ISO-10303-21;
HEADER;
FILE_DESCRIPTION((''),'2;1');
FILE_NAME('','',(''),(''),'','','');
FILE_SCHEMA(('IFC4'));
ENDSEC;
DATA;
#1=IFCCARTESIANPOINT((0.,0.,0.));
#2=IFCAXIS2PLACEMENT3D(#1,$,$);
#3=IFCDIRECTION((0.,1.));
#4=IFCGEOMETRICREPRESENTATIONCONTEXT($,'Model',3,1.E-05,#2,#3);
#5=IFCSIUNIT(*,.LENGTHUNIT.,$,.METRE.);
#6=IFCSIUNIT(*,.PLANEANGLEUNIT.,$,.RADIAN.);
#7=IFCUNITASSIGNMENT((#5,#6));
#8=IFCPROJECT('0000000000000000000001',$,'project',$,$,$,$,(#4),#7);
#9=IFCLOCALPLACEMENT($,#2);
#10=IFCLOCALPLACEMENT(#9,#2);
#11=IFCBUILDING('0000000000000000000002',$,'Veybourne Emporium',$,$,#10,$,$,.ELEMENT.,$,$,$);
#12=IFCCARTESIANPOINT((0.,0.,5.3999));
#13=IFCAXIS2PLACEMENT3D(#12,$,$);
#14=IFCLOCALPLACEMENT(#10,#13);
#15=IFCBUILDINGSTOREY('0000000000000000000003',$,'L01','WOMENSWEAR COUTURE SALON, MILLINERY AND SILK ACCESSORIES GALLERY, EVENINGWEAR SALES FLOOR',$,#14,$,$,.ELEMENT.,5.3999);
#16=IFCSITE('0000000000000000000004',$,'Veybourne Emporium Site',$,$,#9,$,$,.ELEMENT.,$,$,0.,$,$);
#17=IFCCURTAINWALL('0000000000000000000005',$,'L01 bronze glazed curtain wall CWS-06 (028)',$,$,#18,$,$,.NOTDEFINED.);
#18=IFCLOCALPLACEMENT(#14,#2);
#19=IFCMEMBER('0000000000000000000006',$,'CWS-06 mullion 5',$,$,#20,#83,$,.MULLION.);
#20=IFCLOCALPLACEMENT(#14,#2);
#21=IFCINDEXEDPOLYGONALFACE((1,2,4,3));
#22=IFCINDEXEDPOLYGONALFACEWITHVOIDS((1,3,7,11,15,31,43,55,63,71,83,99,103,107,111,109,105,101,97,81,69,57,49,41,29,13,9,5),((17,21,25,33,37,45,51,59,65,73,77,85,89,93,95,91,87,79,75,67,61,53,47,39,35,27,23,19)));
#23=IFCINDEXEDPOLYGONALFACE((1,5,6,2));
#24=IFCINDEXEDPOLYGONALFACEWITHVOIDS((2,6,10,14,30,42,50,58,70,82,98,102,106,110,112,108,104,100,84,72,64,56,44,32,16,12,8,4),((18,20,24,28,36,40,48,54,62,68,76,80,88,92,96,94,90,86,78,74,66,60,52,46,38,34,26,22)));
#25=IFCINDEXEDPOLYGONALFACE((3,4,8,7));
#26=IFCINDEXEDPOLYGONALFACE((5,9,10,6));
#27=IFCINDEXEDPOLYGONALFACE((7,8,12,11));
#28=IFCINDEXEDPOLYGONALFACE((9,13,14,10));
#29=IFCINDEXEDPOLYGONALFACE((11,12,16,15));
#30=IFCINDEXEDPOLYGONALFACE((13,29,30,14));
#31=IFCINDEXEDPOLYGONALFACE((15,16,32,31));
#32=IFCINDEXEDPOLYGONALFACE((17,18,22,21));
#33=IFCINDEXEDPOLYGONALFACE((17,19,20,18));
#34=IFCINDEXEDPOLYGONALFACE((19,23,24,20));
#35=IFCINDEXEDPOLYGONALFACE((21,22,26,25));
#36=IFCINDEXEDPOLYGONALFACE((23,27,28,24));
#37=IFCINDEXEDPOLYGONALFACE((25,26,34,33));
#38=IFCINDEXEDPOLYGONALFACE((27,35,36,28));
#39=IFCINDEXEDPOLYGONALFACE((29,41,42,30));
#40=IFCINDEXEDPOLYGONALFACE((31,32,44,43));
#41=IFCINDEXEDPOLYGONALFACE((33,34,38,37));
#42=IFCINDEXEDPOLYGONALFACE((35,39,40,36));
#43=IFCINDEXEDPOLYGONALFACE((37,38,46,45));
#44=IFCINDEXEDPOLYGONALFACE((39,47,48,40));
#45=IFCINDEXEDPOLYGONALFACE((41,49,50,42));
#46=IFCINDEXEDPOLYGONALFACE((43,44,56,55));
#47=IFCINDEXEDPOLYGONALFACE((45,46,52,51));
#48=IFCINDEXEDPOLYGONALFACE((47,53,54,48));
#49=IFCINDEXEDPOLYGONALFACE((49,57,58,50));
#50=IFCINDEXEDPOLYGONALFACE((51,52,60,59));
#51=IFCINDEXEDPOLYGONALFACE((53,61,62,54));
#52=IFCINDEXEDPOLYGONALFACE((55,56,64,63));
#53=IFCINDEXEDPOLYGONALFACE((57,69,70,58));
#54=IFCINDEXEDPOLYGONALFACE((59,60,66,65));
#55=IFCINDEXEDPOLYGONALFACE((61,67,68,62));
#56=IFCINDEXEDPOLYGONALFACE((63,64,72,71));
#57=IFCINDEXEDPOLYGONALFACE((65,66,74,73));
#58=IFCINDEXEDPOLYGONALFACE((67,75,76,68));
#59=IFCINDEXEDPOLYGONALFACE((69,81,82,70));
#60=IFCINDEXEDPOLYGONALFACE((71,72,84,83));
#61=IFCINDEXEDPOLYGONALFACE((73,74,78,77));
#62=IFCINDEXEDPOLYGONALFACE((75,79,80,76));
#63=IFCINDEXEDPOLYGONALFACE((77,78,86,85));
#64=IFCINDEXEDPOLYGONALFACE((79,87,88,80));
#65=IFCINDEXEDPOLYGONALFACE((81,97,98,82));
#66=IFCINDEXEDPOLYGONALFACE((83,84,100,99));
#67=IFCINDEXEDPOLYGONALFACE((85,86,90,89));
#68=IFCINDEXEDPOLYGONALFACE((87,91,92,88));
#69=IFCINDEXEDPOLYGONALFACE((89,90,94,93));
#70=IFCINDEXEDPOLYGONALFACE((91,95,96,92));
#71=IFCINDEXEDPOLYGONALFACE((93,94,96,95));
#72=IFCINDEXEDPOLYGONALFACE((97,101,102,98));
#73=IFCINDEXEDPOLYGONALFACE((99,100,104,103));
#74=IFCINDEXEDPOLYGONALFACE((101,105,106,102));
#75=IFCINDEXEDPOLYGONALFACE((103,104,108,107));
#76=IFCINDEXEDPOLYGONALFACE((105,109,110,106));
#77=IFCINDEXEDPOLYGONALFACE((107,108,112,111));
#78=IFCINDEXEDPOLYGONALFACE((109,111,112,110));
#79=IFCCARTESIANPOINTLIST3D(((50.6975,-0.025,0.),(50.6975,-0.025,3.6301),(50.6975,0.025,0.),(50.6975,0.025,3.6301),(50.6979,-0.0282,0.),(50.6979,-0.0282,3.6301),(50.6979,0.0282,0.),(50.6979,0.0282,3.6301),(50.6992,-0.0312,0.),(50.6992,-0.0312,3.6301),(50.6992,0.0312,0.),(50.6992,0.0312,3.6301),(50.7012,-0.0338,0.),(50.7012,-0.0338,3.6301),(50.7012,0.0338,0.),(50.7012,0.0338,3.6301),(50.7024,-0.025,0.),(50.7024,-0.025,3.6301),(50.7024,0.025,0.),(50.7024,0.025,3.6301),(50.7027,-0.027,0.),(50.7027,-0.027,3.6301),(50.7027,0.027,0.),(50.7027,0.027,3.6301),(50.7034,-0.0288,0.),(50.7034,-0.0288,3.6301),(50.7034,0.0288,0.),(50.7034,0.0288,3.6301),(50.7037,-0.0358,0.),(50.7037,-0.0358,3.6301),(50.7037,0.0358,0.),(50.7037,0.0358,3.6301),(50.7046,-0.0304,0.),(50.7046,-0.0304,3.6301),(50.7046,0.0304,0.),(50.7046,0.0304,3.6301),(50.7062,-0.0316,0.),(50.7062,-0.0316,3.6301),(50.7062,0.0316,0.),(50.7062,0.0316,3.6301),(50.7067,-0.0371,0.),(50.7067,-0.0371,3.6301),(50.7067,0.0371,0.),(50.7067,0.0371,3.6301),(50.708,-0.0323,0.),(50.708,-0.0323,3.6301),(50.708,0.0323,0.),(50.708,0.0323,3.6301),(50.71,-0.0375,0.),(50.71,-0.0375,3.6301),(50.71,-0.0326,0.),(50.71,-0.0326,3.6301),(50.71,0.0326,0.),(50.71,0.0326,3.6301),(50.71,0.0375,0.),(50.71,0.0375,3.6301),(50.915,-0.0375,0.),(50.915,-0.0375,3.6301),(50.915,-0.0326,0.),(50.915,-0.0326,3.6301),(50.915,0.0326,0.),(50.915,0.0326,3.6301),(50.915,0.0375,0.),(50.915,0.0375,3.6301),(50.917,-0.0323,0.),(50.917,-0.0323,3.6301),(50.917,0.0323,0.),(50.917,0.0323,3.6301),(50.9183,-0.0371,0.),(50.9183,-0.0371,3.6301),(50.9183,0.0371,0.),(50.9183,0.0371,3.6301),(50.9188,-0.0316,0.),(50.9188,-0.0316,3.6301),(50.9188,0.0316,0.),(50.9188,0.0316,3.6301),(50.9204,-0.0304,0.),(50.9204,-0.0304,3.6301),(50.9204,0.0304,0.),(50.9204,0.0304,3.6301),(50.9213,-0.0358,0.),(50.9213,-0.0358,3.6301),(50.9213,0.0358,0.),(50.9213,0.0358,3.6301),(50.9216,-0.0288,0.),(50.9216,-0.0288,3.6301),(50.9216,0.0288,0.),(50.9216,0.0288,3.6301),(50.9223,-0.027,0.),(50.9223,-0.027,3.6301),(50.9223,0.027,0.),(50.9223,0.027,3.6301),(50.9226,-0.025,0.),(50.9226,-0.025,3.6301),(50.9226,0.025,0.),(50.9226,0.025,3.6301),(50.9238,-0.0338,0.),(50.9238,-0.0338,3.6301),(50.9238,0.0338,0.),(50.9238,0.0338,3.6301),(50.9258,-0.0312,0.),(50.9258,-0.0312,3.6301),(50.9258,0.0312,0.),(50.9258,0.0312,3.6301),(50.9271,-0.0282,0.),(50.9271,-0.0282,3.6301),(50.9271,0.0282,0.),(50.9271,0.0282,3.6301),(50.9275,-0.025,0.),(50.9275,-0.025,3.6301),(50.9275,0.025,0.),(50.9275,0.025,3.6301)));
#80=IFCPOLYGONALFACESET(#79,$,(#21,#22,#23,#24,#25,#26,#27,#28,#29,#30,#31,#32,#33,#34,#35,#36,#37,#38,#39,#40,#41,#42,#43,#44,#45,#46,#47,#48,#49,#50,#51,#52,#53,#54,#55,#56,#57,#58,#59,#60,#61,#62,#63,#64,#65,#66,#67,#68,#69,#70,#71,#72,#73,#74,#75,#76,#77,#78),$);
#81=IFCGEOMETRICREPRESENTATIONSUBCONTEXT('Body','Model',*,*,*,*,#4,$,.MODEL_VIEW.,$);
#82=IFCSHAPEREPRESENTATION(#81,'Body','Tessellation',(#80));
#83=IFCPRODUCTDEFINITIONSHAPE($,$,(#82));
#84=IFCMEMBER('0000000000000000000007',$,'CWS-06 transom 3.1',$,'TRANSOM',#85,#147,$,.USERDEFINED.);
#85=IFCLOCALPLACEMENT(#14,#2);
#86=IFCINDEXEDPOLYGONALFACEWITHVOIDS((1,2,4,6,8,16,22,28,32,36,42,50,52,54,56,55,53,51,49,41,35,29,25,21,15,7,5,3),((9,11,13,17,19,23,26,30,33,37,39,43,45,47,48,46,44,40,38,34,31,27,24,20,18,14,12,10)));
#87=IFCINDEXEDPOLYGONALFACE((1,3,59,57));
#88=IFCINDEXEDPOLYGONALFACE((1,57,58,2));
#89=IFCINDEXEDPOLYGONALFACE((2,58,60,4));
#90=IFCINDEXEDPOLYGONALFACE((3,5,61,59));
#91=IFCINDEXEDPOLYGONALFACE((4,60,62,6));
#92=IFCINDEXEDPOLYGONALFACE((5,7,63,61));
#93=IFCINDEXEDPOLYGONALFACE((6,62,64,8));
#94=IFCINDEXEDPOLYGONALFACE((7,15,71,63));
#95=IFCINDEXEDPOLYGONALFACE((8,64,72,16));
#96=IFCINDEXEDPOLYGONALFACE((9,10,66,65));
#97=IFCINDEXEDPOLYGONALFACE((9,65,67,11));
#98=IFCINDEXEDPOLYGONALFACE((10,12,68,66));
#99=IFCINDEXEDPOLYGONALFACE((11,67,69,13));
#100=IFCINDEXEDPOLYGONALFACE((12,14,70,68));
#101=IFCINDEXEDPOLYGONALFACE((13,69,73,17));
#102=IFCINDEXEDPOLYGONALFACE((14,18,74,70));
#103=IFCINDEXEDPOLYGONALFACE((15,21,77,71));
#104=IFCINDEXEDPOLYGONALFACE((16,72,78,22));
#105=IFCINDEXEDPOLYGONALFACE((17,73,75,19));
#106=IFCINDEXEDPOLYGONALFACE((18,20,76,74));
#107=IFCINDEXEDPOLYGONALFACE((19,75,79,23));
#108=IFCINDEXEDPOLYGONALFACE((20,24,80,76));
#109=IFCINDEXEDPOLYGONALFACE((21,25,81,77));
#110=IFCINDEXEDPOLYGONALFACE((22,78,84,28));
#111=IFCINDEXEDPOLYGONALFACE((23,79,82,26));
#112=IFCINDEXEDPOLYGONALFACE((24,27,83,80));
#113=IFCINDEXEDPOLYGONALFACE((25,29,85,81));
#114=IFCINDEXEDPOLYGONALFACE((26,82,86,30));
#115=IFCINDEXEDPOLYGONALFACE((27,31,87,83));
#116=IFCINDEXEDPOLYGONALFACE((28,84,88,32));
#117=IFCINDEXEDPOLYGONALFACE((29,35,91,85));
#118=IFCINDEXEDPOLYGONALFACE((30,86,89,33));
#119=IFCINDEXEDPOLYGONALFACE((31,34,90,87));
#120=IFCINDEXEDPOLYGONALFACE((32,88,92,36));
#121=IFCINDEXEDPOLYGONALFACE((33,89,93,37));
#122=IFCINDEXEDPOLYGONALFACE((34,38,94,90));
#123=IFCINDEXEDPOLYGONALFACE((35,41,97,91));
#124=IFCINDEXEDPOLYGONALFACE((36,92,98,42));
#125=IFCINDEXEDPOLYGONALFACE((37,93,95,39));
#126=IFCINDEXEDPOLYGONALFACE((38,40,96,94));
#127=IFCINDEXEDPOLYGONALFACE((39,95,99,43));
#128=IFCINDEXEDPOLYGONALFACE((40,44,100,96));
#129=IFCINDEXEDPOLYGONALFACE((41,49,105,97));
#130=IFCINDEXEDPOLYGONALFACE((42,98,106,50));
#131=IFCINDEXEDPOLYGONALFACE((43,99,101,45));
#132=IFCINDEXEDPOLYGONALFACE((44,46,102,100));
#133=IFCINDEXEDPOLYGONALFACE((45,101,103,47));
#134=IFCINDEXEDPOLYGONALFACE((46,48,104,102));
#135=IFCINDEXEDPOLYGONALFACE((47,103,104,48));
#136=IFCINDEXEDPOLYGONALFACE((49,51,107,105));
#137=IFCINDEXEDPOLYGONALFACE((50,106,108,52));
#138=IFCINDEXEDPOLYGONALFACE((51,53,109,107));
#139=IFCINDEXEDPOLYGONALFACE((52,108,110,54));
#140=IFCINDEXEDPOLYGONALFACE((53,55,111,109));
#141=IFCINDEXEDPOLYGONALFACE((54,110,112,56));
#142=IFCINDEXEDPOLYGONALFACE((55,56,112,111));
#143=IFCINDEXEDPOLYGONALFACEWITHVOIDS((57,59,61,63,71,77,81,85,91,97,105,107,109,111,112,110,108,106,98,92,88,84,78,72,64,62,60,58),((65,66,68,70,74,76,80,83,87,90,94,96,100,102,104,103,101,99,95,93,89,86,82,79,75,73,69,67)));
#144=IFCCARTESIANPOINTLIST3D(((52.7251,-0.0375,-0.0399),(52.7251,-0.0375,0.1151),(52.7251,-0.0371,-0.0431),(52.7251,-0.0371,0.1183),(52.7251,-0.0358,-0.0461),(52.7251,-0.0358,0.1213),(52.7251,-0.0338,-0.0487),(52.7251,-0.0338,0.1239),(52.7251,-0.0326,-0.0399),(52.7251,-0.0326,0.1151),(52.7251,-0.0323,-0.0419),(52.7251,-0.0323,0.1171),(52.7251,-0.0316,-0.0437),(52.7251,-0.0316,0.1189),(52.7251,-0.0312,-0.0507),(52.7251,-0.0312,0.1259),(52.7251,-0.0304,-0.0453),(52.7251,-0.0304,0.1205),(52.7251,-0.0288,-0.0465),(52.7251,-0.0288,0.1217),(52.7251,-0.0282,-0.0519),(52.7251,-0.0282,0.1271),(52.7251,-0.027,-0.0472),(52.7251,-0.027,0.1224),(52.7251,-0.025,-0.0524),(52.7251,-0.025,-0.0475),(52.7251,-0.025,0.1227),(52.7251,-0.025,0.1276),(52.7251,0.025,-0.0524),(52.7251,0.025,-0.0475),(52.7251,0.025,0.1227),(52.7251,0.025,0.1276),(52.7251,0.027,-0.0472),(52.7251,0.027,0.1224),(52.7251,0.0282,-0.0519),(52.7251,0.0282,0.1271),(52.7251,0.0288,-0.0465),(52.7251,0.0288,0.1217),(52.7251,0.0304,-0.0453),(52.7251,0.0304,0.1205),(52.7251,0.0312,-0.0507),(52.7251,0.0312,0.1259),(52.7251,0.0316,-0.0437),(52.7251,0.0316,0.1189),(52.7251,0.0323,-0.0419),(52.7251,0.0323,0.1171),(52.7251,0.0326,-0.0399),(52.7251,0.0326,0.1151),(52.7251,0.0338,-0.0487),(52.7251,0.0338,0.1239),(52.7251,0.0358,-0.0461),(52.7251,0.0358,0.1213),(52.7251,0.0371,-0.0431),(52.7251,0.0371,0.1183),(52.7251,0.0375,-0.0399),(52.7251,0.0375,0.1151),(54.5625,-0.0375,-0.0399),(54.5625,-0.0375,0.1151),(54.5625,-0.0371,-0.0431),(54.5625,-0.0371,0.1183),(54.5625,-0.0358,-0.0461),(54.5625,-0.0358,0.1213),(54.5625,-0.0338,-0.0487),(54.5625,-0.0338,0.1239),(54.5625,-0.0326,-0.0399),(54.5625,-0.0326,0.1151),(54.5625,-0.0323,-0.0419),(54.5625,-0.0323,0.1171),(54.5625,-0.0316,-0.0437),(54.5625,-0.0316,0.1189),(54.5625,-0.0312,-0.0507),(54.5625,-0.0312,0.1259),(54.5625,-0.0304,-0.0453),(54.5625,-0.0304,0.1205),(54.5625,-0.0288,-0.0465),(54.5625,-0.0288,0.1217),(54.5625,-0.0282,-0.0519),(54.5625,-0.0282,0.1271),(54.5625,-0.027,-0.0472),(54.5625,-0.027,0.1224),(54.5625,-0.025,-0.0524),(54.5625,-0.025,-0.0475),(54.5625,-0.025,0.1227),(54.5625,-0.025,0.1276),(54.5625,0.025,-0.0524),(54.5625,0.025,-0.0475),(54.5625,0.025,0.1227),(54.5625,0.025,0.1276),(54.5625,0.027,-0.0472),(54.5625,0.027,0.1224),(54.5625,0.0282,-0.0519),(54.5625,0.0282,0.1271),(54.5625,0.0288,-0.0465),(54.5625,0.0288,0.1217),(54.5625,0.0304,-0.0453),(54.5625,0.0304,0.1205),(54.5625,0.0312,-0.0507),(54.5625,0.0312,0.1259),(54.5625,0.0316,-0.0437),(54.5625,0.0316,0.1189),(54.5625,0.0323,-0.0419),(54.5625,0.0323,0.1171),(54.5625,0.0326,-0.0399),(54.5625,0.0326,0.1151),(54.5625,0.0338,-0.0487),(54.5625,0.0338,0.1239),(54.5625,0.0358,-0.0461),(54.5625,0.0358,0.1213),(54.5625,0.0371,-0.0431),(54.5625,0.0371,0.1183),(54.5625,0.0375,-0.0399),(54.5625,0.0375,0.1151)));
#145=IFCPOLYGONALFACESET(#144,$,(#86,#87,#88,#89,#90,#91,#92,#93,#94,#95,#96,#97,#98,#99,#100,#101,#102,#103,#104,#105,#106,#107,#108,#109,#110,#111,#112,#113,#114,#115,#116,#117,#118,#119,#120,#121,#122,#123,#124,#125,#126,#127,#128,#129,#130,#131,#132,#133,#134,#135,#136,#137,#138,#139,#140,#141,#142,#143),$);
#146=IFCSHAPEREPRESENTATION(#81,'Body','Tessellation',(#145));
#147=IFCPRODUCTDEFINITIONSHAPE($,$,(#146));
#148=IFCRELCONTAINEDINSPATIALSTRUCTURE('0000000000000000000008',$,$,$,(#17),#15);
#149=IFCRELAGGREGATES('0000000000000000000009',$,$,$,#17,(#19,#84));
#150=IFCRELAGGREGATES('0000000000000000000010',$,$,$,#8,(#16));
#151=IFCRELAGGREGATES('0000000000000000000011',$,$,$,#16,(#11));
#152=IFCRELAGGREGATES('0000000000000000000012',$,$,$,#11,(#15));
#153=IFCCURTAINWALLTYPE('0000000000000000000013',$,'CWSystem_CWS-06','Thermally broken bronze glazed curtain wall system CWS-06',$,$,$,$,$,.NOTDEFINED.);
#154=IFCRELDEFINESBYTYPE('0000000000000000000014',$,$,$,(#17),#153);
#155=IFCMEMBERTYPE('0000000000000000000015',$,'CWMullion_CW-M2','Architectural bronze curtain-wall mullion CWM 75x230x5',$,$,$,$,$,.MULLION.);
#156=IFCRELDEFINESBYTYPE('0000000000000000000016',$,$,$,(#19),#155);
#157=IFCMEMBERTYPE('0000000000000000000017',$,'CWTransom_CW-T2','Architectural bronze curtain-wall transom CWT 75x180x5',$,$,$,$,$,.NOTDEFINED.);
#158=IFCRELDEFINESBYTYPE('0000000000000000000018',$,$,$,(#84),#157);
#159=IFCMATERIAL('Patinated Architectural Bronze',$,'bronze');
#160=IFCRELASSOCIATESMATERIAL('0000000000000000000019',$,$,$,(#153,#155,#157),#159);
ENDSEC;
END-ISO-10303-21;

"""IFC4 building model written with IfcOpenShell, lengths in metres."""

from ifc_helpers import new_model, si_unit, direction, frame, origin, origin_2d, place, context, subcontext, project, spatial, hollow_rectangle, extrude, material, material_profile, profile_set, type_object, element, aggregate, save


model = new_model("IFC4")

# Units and contexts
model_context = context("Model", 3, precision=1e-05, world=origin(), true_north=direction((0.0, 1.0)))
body_context = subcontext(model_context, "Body", "Model", "MODEL_VIEW")
ifc_project = project(units=[si_unit("LENGTHUNIT", "METRE"), si_unit("PLANEANGLEUNIT", "RADIAN")], contexts=[model_context])

# Site, building, storey
site_placement = place(None, origin())
site = spatial("IfcSite", under=ifc_project, at=site_placement, Name="Veybourne Emporium Site", CompositionType="ELEMENT", RefElevation=0.0)
building_placement = place(site_placement, origin())
building = spatial("IfcBuilding", under=site, at=building_placement, Name="Veybourne Emporium", CompositionType="ELEMENT")
storey_placement = place(building_placement, frame((0.0, 0.0, 5.3999)))
storey = spatial("IfcBuildingStorey", under=building, at=storey_placement, Name="L01", Description="WOMENSWEAR COUTURE SALON, MILLINERY AND SILK ACCESSORIES GALLERY, EVENINGWEAR SALES FLOOR", CompositionType="ELEMENT", Elevation=5.3999)

# Curtain wall, members
ifc_material_1 = material(Name="Patinated Architectural Bronze", Category="bronze")
curtain_wall_type = type_object("IfcCurtainWallType", Name="CWSystem_CWS-06", Description="Thermally broken bronze glazed curtain wall system CWS-06", PredefinedType="NOTDEFINED", material=ifc_material_1)
curtain_wall_placement = place(storey_placement, origin())
curtain_wall = element("IfcCurtainWall", 1, at=curtain_wall_placement, inside=storey, type_object=curtain_wall_type, Name="L01 bronze glazed curtain wall CWS-06 (028)", PredefinedType="NOTDEFINED")
ifc_material_profile_1 = material_profile(ifc_material_1, hollow_rectangle(XDim=0.075, YDim=0.23, WallThickness=0.0049, InnerFilletRadius=0.0076, OuterFilletRadius=0.0125, at=origin_2d()), Name="CWM 75x230x5")
ifc_profile_set_1 = profile_set([ifc_material_profile_1], Name="Patinated Architectural Bronze")
member_type_1 = type_object("IfcMemberType", Name="CWMullion_CW-M2", Description="Architectural bronze curtain-wall mullion CWM 75x230x5", PredefinedType="MULLION", material=ifc_profile_set_1)
member_1_placement = place(storey_placement, frame((50.8125, 0.0, 0.0), z_axis=(0.0, 0.0, 1.0), x_axis=(0.0, -1.0, 0.0)))
member_1 = element("IfcMember", 2, at=member_1_placement, type_object=member_type_1, Name="CWS-06 mullion 5", PredefinedType="MULLION", context=body_context, shape_type="SweptSolid", body=[
    extrude(hollow_rectangle(XDim=0.075, YDim=0.23, WallThickness=0.0049, InnerFilletRadius=0.0076, OuterFilletRadius=0.0125, at=origin_2d()), origin(), (0.0, 0.0, 1.0), 3.6301),
])
ifc_material_profile_2 = material_profile(ifc_material_1, hollow_rectangle(XDim=0.075, YDim=0.1799, WallThickness=0.0049, InnerFilletRadius=0.0076, OuterFilletRadius=0.0125, at=origin_2d()), Name="CWT 75x180x5")
ifc_profile_set_2 = profile_set([ifc_material_profile_2], Name="Patinated Architectural Bronze")
member_type_2 = type_object("IfcMemberType", Name="CWTransom_CW-T2", Description="Architectural bronze curtain-wall transom CWT 75x180x5", PredefinedType="NOTDEFINED", material=ifc_profile_set_2)
member_2_placement = place(storey_placement, frame((54.5625, 0.0, 0.0376), z_axis=(-1.0, 0.0, 0.0), x_axis=(0.0, -1.0, 0.0)))
member_2 = element("IfcMember", 3, at=member_2_placement, type_object=member_type_2, Name="CWS-06 transom 3.1", ObjectType="TRANSOM", PredefinedType="USERDEFINED", context=body_context, shape_type="SweptSolid", body=[
    extrude(hollow_rectangle(XDim=0.075, YDim=0.1799, WallThickness=0.0049, InnerFilletRadius=0.0076, OuterFilletRadius=0.0125, at=origin_2d()), origin(), (0.0, 0.0, 1.0), 1.8374),
])

aggregate(curtain_wall, [member_1, member_2])

save(model, "model.ifc")
